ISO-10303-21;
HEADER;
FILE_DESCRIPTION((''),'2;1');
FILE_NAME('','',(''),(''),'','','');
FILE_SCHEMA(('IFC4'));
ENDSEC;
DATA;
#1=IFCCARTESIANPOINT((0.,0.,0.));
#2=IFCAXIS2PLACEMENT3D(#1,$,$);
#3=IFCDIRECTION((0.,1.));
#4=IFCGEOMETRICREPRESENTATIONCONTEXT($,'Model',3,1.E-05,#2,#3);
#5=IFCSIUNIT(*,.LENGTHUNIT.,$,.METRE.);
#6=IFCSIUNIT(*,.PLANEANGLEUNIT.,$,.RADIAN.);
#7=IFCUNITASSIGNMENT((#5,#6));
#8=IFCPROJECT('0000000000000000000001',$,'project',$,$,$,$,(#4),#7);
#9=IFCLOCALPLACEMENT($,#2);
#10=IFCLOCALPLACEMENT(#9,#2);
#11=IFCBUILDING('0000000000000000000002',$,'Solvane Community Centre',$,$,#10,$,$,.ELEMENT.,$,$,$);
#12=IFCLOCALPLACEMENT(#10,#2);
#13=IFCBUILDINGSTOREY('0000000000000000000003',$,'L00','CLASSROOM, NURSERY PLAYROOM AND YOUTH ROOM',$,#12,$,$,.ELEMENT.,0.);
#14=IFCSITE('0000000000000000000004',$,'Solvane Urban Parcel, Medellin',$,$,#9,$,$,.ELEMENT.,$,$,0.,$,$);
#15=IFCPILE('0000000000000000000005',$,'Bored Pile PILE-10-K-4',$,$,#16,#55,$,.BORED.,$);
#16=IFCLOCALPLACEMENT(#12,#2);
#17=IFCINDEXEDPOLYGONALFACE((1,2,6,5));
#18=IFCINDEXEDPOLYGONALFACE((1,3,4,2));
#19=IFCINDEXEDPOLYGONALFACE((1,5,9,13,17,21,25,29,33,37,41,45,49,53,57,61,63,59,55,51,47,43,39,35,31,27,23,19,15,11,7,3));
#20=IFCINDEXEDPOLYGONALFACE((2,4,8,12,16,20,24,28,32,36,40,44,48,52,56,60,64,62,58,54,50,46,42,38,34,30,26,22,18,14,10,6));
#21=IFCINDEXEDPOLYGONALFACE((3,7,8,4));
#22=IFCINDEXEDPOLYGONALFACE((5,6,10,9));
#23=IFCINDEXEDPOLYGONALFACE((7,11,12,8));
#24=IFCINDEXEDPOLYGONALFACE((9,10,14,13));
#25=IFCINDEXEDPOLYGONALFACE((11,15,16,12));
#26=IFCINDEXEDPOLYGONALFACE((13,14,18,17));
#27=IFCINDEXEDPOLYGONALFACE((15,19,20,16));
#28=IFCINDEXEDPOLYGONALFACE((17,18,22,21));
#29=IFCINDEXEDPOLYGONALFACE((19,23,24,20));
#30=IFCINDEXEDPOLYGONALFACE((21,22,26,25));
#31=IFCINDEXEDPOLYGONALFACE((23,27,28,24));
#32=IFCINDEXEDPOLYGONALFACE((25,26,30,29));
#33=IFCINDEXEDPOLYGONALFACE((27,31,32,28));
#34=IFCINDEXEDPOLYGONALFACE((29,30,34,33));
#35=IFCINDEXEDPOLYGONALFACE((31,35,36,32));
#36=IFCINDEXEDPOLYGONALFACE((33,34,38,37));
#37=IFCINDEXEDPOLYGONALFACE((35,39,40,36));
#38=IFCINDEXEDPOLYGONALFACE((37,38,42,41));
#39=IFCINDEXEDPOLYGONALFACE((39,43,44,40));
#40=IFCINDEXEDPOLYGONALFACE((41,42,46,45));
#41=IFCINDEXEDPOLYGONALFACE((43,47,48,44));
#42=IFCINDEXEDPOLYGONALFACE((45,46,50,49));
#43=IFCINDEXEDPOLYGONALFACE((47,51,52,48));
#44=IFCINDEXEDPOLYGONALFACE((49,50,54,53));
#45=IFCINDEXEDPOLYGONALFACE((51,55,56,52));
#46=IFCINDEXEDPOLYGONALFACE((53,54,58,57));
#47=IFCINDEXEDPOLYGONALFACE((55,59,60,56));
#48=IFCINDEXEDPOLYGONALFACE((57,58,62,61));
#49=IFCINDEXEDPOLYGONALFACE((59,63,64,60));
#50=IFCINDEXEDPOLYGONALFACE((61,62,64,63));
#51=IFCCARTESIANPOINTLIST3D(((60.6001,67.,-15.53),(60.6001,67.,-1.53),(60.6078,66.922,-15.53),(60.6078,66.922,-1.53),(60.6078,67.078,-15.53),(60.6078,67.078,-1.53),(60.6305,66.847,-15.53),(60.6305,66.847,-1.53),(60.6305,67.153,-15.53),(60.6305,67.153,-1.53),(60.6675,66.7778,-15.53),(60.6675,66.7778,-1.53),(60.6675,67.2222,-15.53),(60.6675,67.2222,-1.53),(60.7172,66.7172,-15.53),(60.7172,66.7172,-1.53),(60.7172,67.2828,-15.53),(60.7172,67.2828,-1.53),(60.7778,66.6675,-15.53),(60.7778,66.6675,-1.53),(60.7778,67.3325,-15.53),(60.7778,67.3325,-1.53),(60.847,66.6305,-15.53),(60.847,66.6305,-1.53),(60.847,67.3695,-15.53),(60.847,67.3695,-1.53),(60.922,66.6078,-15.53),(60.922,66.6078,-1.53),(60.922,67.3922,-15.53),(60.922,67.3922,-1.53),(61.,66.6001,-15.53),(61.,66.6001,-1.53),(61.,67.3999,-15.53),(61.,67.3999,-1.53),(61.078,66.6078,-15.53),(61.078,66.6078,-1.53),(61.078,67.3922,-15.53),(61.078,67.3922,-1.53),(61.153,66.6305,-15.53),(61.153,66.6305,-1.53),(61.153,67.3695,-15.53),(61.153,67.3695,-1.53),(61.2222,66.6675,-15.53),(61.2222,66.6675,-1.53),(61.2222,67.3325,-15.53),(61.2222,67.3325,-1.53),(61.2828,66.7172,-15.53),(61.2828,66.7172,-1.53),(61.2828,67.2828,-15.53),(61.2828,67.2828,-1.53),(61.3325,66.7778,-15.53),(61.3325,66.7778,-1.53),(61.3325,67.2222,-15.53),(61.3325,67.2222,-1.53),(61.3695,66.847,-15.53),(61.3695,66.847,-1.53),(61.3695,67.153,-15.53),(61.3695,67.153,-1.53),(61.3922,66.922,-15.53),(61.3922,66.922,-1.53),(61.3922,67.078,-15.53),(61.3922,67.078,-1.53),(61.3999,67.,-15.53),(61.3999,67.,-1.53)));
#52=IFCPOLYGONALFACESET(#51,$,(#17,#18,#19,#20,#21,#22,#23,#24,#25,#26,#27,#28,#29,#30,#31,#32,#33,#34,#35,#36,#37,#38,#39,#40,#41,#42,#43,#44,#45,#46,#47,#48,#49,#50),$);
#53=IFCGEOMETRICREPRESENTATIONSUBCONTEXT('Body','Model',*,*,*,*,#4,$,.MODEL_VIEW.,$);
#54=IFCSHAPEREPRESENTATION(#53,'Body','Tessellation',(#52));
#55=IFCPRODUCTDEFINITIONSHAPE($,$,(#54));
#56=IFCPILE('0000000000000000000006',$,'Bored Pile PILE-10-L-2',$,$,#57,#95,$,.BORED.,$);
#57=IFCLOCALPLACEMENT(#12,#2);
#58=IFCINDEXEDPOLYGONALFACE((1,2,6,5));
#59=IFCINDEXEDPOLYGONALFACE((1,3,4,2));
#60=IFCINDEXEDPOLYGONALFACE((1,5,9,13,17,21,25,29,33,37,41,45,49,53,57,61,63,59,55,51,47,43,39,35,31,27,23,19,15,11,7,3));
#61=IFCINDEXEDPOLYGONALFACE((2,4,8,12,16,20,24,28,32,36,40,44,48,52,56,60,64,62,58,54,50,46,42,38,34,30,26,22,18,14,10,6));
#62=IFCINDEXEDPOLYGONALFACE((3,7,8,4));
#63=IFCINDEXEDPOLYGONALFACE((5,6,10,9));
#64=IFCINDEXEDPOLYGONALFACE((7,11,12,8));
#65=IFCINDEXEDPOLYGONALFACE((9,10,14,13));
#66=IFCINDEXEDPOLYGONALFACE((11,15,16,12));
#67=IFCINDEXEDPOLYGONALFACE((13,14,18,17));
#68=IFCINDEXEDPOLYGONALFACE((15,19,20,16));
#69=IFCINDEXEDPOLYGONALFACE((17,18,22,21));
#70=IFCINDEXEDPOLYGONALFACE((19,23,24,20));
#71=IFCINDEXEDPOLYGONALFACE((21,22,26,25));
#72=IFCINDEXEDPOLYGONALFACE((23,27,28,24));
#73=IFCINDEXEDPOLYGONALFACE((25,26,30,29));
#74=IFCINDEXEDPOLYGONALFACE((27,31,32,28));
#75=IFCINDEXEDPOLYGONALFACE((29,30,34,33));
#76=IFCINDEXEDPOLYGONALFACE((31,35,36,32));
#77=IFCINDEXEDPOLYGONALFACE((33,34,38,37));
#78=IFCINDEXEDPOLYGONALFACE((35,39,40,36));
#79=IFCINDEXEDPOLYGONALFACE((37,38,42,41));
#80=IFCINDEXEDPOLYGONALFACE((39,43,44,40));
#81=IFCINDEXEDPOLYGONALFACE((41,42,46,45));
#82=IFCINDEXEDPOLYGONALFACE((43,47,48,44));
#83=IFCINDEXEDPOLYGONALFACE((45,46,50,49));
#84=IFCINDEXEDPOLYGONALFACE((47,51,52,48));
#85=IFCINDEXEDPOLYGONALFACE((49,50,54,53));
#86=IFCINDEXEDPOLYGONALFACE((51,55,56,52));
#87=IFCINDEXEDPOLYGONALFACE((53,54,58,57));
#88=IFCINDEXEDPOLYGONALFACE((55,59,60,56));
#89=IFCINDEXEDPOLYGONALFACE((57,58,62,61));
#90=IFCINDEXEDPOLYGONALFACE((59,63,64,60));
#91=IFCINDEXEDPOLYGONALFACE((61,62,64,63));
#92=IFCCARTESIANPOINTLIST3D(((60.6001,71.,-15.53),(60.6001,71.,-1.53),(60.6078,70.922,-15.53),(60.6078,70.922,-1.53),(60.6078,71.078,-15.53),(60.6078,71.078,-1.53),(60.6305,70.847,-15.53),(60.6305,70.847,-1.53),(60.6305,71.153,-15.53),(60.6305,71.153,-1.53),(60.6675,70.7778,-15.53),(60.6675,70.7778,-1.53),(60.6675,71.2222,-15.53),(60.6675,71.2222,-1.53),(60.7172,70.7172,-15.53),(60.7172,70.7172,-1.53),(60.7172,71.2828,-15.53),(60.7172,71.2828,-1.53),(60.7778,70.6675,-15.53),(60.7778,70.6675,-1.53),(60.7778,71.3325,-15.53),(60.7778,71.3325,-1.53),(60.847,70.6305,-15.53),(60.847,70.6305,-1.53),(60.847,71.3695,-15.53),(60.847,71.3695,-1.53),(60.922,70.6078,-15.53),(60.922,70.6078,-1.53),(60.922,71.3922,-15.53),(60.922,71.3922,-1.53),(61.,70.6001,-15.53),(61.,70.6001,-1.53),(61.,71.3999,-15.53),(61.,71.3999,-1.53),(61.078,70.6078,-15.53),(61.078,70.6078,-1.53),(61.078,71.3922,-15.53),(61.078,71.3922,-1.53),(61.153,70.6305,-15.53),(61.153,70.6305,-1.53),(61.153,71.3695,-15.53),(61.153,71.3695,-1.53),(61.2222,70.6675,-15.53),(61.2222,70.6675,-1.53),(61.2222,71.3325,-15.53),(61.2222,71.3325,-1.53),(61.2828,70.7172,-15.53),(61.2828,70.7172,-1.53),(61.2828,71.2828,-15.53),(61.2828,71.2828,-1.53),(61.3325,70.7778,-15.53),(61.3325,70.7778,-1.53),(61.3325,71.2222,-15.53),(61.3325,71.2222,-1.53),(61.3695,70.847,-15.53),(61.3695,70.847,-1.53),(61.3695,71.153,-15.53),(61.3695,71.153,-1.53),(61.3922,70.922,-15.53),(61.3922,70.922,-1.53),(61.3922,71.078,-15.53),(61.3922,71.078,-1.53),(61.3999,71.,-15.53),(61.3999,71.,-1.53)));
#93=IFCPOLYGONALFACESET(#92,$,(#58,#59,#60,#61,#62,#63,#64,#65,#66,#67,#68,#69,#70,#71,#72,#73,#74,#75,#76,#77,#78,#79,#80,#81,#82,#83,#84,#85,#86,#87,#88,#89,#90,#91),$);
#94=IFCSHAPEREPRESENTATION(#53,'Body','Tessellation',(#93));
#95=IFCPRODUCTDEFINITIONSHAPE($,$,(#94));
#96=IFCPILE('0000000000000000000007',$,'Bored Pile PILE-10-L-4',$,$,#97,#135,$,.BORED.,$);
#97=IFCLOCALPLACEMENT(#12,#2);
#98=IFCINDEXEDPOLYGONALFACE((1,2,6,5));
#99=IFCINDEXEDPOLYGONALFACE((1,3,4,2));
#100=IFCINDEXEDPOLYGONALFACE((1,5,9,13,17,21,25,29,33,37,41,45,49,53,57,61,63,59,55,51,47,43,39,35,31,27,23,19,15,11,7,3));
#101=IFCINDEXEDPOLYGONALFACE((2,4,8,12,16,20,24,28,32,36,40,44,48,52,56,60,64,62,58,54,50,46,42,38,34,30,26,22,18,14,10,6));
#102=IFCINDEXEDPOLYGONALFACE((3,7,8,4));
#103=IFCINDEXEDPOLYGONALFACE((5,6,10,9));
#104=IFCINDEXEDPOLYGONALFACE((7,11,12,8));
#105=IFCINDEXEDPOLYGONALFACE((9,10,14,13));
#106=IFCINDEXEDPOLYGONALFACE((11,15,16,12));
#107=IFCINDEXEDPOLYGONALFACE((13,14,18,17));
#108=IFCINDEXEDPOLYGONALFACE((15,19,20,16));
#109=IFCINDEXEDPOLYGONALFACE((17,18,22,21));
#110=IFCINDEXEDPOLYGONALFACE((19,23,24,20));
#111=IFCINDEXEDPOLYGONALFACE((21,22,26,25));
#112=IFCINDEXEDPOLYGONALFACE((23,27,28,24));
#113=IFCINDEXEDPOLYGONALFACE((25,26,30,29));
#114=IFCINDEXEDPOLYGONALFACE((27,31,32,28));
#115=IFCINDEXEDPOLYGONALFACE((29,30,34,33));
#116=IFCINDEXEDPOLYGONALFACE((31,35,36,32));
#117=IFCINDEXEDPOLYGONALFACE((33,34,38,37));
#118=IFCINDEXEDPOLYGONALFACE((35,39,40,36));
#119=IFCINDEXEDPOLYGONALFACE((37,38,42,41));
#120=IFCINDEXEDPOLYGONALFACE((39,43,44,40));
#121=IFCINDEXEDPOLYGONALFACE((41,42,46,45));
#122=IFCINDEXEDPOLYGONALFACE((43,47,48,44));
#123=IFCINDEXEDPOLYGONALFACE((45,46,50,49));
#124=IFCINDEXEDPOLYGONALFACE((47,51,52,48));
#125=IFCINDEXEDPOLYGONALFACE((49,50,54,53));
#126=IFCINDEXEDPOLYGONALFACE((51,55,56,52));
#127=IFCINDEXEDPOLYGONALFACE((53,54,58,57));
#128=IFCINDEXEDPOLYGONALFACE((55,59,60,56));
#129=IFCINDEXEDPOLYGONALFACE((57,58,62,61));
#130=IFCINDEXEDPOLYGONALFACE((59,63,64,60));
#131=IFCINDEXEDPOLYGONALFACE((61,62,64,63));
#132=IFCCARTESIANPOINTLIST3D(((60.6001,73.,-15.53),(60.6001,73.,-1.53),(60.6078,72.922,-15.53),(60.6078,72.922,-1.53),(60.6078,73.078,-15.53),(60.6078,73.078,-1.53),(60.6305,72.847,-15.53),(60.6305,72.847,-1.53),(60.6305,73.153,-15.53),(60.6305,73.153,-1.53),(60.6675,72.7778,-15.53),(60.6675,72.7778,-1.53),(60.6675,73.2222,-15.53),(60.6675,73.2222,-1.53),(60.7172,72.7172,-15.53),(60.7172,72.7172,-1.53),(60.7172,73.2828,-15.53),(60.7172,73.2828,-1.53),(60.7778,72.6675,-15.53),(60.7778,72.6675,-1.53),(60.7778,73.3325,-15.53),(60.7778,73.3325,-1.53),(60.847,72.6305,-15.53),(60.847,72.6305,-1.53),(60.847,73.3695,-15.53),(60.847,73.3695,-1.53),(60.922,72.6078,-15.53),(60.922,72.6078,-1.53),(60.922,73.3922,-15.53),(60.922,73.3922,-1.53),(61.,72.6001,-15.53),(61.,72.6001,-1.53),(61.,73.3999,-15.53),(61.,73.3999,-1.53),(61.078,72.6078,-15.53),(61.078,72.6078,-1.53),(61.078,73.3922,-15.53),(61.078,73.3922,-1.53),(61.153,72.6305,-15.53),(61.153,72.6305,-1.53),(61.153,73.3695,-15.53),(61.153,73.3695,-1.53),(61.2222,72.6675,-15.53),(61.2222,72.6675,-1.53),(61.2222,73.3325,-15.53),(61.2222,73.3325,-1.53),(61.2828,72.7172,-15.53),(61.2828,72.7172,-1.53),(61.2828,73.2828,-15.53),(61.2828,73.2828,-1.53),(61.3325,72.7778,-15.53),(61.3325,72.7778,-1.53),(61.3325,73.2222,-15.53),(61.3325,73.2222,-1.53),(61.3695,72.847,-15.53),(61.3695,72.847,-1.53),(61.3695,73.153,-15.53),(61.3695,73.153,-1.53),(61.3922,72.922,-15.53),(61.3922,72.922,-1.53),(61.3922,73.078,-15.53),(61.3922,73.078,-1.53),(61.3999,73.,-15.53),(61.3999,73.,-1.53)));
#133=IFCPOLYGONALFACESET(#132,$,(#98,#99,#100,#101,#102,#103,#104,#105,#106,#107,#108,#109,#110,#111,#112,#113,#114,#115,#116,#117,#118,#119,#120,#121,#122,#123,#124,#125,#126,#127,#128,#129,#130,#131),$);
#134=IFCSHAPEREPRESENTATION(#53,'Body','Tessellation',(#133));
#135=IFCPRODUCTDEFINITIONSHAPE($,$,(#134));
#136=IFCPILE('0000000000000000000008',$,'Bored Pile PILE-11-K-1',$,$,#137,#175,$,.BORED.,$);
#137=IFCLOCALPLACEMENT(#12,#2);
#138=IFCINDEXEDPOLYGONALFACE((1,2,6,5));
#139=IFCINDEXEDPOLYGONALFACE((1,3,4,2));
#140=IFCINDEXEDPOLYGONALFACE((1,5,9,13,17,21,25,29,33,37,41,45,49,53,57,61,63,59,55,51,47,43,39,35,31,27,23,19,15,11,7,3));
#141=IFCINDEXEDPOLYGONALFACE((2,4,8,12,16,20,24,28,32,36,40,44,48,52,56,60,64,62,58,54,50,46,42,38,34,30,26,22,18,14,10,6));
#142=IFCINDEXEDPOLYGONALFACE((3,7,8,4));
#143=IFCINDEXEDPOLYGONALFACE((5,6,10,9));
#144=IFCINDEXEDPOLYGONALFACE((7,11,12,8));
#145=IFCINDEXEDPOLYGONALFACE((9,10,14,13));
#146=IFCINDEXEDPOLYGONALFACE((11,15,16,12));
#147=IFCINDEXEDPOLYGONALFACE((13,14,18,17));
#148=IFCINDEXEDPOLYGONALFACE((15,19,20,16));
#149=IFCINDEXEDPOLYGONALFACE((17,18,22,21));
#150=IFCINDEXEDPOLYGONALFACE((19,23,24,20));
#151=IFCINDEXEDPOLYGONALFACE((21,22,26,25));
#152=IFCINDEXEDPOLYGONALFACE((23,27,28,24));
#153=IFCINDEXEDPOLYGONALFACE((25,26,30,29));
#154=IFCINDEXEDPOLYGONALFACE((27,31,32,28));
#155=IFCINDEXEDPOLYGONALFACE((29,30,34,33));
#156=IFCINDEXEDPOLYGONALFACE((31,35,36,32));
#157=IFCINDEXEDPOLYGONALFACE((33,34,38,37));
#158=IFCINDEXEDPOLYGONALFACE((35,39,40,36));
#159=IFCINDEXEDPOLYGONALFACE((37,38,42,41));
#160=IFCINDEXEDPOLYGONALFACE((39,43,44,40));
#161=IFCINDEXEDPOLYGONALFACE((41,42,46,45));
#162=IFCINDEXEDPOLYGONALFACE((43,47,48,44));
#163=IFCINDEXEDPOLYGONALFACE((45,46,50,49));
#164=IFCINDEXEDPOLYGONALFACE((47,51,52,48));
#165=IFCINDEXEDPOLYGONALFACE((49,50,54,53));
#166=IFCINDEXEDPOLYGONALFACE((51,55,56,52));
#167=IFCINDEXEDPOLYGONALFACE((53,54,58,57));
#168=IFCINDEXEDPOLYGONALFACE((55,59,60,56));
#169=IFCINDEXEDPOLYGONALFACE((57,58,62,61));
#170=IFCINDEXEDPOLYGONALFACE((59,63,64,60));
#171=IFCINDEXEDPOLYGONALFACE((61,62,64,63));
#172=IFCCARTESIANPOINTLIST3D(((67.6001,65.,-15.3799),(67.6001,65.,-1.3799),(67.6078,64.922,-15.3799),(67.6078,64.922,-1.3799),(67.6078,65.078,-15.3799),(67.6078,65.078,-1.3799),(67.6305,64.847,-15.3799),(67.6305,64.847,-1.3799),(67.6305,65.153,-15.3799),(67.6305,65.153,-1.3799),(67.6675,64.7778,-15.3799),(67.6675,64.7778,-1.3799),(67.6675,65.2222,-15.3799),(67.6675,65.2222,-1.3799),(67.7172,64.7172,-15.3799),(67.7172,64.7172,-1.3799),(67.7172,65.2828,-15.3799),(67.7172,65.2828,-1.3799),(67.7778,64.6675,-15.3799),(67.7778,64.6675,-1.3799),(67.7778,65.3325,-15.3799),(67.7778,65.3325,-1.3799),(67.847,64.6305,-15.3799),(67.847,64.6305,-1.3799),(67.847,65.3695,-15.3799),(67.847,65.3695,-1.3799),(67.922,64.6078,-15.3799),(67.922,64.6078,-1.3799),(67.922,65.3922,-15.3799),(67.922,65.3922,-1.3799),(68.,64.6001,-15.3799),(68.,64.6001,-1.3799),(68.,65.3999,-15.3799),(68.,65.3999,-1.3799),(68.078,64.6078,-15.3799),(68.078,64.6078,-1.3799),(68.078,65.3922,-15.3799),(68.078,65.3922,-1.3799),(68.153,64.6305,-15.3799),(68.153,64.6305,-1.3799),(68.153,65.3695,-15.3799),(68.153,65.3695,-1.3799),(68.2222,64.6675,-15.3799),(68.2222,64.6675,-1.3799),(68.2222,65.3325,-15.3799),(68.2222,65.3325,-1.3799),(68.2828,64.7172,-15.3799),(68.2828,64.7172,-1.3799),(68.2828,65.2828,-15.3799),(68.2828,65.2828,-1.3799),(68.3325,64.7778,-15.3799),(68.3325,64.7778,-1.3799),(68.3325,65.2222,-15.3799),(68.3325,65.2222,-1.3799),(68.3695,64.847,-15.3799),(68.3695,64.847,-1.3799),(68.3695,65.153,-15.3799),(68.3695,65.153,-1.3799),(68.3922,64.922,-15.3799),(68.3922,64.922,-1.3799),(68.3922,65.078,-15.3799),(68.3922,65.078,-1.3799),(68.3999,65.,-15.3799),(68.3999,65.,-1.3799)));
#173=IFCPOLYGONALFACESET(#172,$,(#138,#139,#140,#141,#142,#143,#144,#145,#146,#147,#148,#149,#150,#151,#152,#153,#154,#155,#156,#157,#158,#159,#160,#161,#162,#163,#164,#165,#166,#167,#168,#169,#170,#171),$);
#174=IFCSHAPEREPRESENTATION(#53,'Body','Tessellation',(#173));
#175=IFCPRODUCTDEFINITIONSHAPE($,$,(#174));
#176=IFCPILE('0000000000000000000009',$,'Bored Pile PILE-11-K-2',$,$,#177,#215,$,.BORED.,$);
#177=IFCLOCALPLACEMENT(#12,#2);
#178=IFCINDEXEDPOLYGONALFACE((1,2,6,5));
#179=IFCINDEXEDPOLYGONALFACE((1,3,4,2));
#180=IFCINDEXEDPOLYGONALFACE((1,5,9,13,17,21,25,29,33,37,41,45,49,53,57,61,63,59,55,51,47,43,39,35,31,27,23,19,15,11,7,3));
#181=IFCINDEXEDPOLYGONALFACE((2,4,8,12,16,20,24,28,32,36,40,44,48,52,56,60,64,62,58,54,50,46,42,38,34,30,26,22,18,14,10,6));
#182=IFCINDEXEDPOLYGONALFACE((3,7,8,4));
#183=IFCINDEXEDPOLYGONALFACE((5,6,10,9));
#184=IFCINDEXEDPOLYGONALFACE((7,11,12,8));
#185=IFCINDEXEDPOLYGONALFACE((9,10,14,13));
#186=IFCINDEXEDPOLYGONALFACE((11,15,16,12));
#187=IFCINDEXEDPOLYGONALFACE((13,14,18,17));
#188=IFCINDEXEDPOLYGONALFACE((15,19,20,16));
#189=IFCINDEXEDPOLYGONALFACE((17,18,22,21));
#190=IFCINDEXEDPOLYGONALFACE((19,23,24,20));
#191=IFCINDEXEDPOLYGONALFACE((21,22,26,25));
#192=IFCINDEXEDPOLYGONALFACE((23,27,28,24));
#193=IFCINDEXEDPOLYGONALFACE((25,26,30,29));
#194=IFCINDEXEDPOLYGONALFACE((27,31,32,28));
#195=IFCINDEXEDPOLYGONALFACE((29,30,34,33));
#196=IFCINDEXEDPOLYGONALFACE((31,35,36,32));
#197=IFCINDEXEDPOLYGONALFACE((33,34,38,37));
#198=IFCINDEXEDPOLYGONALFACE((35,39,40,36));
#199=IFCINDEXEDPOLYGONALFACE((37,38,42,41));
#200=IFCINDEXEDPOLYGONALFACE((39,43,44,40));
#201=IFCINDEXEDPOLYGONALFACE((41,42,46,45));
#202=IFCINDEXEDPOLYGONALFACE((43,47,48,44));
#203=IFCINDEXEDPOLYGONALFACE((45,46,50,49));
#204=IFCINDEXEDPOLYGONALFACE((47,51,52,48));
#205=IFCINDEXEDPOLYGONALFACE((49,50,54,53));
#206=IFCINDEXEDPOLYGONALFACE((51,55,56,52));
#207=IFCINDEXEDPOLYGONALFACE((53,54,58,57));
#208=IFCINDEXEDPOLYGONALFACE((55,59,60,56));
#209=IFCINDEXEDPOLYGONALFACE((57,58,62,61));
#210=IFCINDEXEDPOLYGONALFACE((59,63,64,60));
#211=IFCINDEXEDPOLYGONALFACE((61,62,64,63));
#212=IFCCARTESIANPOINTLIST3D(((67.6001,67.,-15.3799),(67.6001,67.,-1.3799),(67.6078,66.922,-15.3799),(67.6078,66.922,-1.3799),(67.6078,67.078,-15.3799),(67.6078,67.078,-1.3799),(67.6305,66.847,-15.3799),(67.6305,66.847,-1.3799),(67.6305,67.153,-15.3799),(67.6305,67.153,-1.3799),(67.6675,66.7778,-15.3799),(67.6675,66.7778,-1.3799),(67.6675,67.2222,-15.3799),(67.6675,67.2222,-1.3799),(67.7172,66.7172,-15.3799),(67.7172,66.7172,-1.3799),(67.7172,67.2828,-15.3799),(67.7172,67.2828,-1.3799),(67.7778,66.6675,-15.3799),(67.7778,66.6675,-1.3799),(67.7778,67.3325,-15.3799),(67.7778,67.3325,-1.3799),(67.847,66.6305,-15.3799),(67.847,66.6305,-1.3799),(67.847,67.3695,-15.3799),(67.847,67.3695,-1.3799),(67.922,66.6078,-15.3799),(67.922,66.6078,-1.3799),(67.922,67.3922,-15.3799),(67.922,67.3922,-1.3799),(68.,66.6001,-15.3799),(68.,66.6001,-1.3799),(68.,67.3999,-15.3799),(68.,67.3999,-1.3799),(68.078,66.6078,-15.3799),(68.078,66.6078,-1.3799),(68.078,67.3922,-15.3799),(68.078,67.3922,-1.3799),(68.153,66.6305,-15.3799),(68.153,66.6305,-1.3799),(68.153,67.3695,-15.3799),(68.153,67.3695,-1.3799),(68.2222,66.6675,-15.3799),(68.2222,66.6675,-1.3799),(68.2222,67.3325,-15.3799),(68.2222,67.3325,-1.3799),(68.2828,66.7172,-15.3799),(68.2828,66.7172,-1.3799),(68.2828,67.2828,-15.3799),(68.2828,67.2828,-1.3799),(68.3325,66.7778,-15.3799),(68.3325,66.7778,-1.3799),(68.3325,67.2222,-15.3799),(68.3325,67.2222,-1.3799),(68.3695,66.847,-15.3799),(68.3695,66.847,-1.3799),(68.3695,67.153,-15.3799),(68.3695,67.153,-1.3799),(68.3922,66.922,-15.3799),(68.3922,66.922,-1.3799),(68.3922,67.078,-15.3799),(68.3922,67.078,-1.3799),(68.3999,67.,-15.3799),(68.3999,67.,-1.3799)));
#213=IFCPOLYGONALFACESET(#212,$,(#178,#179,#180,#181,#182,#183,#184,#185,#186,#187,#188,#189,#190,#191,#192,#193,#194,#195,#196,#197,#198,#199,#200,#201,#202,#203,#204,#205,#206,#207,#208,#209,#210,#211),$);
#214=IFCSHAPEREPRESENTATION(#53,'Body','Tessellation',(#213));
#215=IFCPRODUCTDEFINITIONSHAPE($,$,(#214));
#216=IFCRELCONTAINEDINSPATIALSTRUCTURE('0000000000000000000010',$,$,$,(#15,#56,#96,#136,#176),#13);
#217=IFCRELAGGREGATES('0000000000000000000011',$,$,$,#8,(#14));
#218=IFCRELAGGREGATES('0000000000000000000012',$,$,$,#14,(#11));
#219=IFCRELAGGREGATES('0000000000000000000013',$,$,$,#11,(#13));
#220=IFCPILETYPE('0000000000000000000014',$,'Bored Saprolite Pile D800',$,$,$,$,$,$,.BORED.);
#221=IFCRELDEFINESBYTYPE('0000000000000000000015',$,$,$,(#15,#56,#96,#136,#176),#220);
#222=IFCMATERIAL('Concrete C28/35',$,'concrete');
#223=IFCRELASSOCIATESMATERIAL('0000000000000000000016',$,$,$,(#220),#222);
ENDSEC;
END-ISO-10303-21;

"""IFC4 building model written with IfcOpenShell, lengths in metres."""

from ifc_helpers import new_model, si_unit, direction, frame, origin, origin_2d, place, context, subcontext, project, spatial, circle, extrude, material, material_profile, profile_set, type_object, element, save


model = new_model("IFC4")

# Units and contexts
model_context = context("Model", 3, precision=1e-05, world=origin(), true_north=direction((0.0, 1.0)))
body_context = subcontext(model_context, "Body", "Model", "MODEL_VIEW")
ifc_project = project(units=[si_unit("LENGTHUNIT", "METRE"), si_unit("PLANEANGLEUNIT", "RADIAN")], contexts=[model_context])

# Site, building, storey
site_placement = place(None, origin())
site = spatial("IfcSite", under=ifc_project, at=site_placement, Name="Solvane Urban Parcel, Medellin", CompositionType="ELEMENT", RefElevation=0.0)
building_placement = place(site_placement, origin())
building = spatial("IfcBuilding", under=site, at=building_placement, Name="Solvane Community Centre", CompositionType="ELEMENT")
storey_placement = place(building_placement, origin())
storey = spatial("IfcBuildingStorey", under=building, at=storey_placement, Name="L00", Description="CLASSROOM, NURSERY PLAYROOM AND YOUTH ROOM", CompositionType="ELEMENT", Elevation=0.0)

# Piles
ifc_material_1 = material(Name="Concrete C28/35", Category="concrete")
ifc_material_profile_1 = material_profile(ifc_material_1, circle(Radius=0.3999, at=origin_2d()), Name="PILE D800")
ifc_profile_set_1 = profile_set([ifc_material_profile_1], Name="Concrete C28/35")
pile_type = type_object("IfcPileType", Name="Bored Saprolite Pile D800", PredefinedType="BORED", material=ifc_profile_set_1)
for number, where, z_axis, x_axis, name in (
    (1, (61.0, 67.0, -1.53), (0.0, 0.0, -1.0), (1.0, 0.0, 0.0), "Bored Pile PILE-10-K-4"),
    (2, (61.0, 71.0, -1.53), (0.0, 0.0, -1.0), (1.0, 0.0, 0.0), "Bored Pile PILE-10-L-2"),
    (3, (61.0, 73.0, -1.53), (0.0, 0.0, -1.0), (1.0, 0.0, 0.0), "Bored Pile PILE-10-L-4"),
    (4, (68.0, 65.0, -1.3799), (0.0, 0.0, -1.0), (1.0, 0.0, 0.0), "Bored Pile PILE-11-K-1"),
    (5, (68.0, 67.0, -1.3799), (0.0, 0.0, -1.0), (1.0, 0.0, 0.0), "Bored Pile PILE-11-K-2"),
):
    element("IfcPile", number, at=place(storey_placement, frame(where, z_axis=z_axis, x_axis=x_axis)), inside=storey, type_object=pile_type, Name=name, PredefinedType="BORED", context=body_context, shape_type="SweptSolid", body=[
        extrude(circle(Radius=0.3999, at=origin_2d()), origin(), (0.0, 0.0, 1.0), 14.0),
    ])

save(model, "model.ifc")
